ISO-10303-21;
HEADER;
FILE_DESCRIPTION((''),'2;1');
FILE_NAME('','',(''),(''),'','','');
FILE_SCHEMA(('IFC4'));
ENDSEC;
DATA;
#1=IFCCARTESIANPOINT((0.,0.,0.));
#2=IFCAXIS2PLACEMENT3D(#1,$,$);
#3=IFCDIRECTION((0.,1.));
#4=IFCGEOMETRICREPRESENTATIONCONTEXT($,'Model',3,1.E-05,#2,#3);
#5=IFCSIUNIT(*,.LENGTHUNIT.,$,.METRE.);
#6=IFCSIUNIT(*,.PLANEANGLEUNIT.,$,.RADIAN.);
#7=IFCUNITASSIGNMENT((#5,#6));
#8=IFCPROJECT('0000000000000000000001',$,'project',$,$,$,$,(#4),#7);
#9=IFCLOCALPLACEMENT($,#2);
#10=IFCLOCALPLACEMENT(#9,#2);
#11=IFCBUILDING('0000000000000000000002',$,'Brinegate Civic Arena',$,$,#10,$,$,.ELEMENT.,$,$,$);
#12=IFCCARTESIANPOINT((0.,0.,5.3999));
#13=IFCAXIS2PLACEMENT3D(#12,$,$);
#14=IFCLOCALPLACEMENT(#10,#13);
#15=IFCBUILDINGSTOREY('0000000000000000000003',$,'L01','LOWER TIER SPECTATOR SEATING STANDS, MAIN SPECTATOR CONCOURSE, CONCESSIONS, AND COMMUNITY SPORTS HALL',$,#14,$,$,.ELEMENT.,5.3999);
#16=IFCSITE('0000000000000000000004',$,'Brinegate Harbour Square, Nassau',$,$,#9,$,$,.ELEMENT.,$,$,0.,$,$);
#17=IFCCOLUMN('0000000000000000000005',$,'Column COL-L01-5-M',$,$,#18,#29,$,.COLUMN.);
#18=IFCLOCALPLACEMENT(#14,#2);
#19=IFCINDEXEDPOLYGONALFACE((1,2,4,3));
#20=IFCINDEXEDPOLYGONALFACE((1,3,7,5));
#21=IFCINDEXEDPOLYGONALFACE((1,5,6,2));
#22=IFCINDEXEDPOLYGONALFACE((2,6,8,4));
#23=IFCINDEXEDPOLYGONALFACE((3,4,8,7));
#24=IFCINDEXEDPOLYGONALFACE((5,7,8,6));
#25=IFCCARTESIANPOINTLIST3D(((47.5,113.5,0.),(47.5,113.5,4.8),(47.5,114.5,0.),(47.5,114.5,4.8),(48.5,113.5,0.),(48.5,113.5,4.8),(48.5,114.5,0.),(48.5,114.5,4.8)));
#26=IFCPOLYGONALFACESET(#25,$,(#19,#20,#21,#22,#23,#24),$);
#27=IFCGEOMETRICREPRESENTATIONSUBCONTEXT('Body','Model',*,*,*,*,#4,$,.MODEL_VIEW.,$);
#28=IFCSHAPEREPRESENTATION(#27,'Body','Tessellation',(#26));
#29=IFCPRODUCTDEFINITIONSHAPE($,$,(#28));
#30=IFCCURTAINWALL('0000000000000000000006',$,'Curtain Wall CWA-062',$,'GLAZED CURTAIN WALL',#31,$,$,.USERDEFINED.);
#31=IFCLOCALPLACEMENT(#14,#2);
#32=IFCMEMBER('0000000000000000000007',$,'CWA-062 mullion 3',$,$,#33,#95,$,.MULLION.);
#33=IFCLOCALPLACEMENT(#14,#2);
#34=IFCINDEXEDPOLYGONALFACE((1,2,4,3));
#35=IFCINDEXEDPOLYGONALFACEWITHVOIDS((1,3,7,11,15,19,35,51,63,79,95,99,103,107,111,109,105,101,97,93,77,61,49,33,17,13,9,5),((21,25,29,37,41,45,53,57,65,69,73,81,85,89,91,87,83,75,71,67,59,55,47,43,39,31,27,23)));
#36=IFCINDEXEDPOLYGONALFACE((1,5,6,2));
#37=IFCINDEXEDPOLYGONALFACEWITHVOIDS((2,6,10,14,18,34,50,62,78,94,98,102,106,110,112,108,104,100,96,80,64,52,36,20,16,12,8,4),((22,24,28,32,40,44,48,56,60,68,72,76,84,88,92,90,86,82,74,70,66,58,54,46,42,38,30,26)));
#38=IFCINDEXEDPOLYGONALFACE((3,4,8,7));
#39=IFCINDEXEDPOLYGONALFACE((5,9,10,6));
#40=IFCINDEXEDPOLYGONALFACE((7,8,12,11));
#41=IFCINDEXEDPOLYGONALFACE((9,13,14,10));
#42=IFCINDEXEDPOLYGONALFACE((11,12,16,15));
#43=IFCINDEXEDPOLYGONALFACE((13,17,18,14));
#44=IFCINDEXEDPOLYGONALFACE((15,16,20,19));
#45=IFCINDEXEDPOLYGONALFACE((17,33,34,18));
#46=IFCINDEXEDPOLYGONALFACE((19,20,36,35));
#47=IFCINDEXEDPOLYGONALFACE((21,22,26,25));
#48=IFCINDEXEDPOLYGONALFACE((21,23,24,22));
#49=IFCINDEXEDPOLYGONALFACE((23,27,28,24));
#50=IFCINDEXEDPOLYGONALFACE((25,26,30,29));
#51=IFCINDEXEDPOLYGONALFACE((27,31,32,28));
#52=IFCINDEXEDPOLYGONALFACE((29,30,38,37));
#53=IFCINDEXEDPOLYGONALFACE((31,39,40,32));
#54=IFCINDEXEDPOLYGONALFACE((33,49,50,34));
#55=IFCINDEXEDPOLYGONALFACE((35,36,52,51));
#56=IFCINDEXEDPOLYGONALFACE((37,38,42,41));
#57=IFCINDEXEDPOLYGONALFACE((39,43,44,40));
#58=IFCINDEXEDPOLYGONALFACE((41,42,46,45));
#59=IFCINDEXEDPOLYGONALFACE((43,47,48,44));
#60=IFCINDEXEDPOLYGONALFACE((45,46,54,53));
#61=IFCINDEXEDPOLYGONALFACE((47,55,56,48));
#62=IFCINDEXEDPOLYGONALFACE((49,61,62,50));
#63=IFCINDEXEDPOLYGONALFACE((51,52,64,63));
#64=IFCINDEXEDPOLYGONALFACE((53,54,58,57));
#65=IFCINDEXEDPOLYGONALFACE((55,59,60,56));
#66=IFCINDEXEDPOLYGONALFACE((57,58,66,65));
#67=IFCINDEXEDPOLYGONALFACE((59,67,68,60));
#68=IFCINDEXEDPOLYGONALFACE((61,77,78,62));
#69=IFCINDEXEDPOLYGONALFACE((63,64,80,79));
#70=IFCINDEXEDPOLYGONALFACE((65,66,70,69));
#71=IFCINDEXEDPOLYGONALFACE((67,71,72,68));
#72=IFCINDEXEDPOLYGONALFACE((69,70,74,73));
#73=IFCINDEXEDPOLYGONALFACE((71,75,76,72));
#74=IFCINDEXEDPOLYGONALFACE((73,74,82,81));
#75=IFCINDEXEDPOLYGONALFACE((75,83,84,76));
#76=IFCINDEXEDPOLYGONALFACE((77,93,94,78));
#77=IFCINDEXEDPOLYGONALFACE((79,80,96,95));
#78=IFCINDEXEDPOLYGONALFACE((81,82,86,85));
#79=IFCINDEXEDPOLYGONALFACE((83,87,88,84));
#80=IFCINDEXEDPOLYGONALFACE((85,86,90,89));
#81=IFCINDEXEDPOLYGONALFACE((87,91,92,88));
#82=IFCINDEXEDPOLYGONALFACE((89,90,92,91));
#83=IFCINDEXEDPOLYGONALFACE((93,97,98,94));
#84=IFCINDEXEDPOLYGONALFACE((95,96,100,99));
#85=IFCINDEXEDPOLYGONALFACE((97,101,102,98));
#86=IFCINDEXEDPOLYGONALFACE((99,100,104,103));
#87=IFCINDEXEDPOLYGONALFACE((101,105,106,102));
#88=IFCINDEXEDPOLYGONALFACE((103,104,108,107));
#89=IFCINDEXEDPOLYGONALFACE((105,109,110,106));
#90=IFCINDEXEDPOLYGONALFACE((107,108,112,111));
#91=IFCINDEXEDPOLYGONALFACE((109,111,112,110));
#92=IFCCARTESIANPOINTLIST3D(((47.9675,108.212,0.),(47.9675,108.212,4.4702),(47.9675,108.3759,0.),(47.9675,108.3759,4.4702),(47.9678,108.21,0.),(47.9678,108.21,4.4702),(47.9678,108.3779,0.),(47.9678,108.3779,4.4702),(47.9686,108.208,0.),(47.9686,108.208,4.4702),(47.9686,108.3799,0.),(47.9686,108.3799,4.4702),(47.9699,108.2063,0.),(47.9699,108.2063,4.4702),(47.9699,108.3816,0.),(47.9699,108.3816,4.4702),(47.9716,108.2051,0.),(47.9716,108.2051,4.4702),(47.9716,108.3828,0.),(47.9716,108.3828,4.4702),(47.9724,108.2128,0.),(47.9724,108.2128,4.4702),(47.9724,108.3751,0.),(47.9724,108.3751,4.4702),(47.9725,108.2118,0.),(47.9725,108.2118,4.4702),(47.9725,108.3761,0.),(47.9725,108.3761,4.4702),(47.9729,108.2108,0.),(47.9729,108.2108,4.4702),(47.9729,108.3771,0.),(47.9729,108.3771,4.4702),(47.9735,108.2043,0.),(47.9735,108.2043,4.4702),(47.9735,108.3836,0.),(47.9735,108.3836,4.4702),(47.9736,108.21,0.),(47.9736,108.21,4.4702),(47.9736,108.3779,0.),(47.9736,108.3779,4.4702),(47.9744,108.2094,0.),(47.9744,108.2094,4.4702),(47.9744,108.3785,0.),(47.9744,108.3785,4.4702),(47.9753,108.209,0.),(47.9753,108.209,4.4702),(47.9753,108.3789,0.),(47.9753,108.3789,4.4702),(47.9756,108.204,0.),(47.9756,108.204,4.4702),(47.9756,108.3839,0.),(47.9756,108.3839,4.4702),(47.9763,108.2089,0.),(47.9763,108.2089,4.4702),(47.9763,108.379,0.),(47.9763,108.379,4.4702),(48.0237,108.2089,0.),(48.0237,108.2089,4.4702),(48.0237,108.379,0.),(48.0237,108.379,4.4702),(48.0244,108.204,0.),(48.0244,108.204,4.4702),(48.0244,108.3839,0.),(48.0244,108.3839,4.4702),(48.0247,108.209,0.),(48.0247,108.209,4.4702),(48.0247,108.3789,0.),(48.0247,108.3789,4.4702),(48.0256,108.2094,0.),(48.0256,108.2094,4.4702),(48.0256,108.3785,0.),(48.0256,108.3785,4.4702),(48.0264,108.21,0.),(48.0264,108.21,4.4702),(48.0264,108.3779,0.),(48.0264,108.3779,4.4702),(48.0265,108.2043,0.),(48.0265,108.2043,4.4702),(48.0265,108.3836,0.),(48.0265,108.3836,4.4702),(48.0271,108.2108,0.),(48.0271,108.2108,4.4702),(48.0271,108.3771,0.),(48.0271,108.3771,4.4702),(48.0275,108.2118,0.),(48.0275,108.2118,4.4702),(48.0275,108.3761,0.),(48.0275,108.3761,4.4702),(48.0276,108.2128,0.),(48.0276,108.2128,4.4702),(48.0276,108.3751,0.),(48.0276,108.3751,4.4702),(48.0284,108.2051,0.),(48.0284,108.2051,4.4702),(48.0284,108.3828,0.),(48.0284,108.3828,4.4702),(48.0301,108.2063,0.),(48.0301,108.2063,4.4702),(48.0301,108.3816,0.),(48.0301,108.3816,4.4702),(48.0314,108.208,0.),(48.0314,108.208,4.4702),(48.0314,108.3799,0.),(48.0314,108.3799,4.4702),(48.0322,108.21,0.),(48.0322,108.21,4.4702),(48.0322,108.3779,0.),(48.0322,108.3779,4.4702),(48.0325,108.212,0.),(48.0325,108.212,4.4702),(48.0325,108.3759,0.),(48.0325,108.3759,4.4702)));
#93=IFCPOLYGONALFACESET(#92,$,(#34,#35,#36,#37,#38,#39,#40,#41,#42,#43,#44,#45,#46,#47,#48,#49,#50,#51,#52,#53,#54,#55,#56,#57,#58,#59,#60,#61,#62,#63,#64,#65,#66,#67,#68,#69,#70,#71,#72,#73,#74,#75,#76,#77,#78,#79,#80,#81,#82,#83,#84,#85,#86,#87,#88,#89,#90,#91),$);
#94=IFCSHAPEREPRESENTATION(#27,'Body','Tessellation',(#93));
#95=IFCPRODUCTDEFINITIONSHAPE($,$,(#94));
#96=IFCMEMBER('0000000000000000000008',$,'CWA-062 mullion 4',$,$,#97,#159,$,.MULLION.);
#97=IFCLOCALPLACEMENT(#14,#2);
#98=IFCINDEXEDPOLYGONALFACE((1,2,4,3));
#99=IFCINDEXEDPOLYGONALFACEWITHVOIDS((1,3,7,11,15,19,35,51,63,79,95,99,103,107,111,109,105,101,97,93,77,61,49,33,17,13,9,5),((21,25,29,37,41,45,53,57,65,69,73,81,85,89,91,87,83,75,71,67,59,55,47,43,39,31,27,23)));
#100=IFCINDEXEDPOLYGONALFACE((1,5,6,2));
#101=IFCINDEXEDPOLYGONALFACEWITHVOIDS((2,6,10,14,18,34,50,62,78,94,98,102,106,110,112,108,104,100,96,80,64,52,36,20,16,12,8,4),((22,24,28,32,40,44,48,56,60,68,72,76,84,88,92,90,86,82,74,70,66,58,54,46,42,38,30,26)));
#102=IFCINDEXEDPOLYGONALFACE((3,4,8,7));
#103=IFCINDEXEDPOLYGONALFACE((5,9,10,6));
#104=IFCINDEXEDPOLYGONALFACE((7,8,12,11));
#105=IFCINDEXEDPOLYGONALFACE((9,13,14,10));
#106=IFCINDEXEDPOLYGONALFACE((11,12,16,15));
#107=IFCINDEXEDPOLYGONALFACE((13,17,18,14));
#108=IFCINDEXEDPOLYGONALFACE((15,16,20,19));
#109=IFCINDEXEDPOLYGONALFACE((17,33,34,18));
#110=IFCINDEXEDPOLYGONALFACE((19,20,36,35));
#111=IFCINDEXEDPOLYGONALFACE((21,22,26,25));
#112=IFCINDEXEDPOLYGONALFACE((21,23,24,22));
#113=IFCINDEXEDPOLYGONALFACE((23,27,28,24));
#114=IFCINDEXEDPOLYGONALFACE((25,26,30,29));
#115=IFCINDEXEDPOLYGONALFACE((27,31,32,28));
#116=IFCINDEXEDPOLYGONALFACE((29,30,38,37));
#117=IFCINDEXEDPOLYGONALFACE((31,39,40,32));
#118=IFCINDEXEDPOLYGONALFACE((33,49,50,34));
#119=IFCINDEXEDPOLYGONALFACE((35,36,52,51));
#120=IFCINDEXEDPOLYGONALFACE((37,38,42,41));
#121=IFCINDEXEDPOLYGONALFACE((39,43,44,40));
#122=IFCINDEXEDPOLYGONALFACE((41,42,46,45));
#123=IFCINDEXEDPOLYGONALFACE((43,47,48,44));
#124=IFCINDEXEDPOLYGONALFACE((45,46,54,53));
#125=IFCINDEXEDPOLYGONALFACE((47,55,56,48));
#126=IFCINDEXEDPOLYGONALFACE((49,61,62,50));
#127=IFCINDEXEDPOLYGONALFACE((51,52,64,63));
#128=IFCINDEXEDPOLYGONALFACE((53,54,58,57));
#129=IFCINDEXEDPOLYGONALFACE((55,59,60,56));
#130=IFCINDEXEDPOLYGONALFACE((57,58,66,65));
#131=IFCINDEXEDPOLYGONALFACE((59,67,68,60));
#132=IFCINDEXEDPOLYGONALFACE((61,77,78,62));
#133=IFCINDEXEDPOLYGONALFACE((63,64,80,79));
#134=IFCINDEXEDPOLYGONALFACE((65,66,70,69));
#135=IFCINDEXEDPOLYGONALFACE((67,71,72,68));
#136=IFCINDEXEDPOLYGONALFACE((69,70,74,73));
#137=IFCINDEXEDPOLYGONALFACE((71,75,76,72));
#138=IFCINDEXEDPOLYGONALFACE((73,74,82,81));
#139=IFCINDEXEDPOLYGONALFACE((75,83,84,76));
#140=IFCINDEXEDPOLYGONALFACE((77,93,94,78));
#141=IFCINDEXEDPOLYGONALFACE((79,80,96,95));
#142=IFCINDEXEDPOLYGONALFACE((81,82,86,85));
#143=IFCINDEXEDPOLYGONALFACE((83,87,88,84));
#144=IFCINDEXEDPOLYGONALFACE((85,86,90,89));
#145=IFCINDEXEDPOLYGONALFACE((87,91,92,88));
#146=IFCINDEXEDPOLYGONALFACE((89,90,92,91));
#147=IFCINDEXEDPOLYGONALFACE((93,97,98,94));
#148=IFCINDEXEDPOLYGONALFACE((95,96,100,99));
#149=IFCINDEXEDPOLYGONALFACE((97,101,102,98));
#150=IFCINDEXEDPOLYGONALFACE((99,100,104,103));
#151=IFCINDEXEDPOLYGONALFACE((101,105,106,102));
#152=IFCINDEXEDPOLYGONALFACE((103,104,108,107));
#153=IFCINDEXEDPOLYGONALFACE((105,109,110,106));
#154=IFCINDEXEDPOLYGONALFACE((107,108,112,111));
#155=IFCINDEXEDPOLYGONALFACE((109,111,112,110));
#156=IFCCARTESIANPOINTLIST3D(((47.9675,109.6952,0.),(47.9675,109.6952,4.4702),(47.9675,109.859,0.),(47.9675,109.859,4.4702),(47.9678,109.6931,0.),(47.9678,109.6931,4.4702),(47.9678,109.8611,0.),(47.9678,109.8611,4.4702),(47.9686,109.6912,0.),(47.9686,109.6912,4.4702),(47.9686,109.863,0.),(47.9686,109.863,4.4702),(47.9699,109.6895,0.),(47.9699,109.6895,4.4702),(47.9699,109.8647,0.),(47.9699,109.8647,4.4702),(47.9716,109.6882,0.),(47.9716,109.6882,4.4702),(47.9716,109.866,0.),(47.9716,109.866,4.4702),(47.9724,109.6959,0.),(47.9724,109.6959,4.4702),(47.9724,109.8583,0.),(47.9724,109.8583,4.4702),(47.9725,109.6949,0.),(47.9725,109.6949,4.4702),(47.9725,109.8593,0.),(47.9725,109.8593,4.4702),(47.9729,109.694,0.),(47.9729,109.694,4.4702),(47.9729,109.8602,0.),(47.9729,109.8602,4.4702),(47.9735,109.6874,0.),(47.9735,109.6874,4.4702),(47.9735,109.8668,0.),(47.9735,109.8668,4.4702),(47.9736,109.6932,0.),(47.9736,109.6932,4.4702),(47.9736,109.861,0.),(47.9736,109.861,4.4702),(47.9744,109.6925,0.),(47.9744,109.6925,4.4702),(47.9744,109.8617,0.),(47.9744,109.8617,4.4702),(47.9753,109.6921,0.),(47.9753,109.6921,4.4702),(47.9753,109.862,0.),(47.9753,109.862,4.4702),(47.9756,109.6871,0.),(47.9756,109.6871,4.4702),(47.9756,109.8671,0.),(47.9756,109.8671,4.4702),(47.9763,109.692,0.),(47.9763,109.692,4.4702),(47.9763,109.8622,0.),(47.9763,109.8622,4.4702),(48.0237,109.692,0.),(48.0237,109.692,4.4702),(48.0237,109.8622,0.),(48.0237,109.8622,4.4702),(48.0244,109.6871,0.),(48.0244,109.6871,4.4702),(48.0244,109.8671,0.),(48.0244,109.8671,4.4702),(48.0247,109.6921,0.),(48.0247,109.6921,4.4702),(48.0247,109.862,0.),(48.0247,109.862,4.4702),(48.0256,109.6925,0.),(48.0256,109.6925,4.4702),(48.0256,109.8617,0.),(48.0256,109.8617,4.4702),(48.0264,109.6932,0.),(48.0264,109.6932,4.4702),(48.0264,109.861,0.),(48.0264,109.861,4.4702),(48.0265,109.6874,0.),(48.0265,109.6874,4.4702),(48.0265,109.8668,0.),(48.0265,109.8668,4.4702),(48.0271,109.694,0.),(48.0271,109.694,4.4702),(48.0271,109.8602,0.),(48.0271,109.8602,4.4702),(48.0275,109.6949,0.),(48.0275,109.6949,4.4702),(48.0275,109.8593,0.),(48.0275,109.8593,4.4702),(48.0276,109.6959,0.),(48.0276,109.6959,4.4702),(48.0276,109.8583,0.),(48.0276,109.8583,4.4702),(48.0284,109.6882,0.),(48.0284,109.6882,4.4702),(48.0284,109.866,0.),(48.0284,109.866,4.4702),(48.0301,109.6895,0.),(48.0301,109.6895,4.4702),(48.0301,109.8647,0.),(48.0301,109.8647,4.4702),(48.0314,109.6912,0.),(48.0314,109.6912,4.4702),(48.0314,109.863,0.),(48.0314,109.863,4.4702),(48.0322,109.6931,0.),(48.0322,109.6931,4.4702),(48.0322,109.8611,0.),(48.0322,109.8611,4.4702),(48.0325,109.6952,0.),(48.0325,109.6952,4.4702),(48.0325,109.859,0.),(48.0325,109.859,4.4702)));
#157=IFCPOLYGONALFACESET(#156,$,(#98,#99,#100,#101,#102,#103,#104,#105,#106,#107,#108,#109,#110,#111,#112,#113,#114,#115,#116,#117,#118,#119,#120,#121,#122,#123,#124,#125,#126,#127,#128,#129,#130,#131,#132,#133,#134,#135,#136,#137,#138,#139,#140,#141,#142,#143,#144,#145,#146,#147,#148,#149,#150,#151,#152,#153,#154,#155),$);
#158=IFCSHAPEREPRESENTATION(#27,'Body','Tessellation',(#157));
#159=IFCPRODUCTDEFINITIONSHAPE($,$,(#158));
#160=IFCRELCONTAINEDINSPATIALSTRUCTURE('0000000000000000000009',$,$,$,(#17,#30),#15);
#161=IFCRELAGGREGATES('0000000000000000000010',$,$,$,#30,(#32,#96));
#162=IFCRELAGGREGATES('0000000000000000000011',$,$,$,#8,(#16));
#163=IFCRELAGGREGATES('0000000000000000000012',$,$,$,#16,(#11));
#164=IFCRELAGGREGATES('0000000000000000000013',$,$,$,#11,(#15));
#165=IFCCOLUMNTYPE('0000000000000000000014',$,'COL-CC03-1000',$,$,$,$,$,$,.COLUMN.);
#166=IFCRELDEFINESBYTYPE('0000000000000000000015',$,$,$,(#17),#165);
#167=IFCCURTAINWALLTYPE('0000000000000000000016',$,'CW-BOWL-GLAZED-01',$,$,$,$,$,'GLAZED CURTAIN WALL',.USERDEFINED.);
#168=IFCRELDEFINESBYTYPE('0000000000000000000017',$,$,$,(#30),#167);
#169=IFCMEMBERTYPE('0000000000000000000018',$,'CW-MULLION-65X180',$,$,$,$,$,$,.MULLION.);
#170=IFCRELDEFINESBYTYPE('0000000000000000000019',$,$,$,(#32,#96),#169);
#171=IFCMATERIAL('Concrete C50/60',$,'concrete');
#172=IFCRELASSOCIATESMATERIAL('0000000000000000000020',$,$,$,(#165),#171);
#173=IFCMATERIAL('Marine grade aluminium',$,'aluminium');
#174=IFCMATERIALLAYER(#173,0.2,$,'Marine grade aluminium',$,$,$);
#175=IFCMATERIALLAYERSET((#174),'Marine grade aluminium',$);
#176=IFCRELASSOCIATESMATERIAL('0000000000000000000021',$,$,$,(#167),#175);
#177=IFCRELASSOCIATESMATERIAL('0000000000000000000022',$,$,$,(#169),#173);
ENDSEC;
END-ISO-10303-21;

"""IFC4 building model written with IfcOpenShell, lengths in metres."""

from ifc_helpers import new_model, si_unit, direction, frame, origin, origin_2d, place, context, subcontext, project, spatial, rectangle, hollow_rectangle, extrude, material, layer, layer_set, material_profile, profile_set, type_object, element, aggregate, save


model = new_model("IFC4")

# Units and contexts
model_context = context("Model", 3, precision=1e-05, world=origin(), true_north=direction((0.0, 1.0)))
body_context = subcontext(model_context, "Body", "Model", "MODEL_VIEW")
ifc_project = project(units=[si_unit("LENGTHUNIT", "METRE"), si_unit("PLANEANGLEUNIT", "RADIAN")], contexts=[model_context])

# Site, building, storey
site_placement = place(None, origin())
site = spatial("IfcSite", under=ifc_project, at=site_placement, Name="Brinegate Harbour Square, Nassau", CompositionType="ELEMENT", RefElevation=0.0)
building_placement = place(site_placement, origin())
building = spatial("IfcBuilding", under=site, at=building_placement, Name="Brinegate Civic Arena", CompositionType="ELEMENT")
storey_placement = place(building_placement, frame((0.0, 0.0, 5.3999)))
storey = spatial("IfcBuildingStorey", under=building, at=storey_placement, Name="L01", Description="LOWER TIER SPECTATOR SEATING STANDS, MAIN SPECTATOR CONCOURSE, CONCESSIONS, AND COMMUNITY SPORTS HALL", CompositionType="ELEMENT", Elevation=5.3999)

# Column
ifc_material_1 = material(Name="Concrete C50/60", Category="concrete")
ifc_material_profile_1 = material_profile(ifc_material_1, rectangle(XDim=1.0, YDim=1.0, at=origin_2d()), Name="RC1000X1000")
ifc_profile_set_1 = profile_set([ifc_material_profile_1], Name="Concrete C50/60")
column_type = type_object("IfcColumnType", Name="COL-CC03-1000", PredefinedType="COLUMN", material=ifc_profile_set_1)
column_placement = place(storey_placement, frame((48.0, 114.0, 0.0), z_axis=(0.0, 0.0, 1.0), x_axis=(1.0, 0.0, 0.0)))
element("IfcColumn", 1, at=column_placement, inside=storey, type_object=column_type, Name="Column COL-L01-5-M", PredefinedType="COLUMN", context=body_context, shape_type="SweptSolid", body=[
    extrude(rectangle(XDim=1.0, YDim=1.0, at=origin_2d()), origin(), (0.0, 0.0, 1.0), 4.8),
])

# Curtain wall, members
ifc_material_2 = material(Name="Marine grade aluminium", Category="aluminium")
ifc_layer_1 = layer(ifc_material_2, 0.2, Name="Marine grade aluminium")
ifc_layer_set_1 = layer_set([ifc_layer_1], Name="Marine grade aluminium")
curtain_wall_type = type_object("IfcCurtainWallType", Name="CW-BOWL-GLAZED-01", ElementType="GLAZED CURTAIN WALL", PredefinedType="USERDEFINED", material=ifc_layer_set_1)
curtain_wall_placement = place(storey_placement, origin())
curtain_wall = element("IfcCurtainWall", 2, at=curtain_wall_placement, inside=storey, type_object=curtain_wall_type, Name="Curtain Wall CWA-062", ObjectType="GLAZED CURTAIN WALL", PredefinedType="USERDEFINED")
ifc_material_profile_2 = material_profile(ifc_material_2, hollow_rectangle(XDim=0.0649, YDim=0.1799, WallThickness=0.0049, InnerFilletRadius=0.0039, OuterFilletRadius=0.0081, at=origin_2d()), Name="MUL65X180")
ifc_profile_set_2 = profile_set([ifc_material_profile_2], Name="Marine grade aluminium")
member_type_1 = type_object("IfcMemberType", Name="CW-MULLION-65X180", PredefinedType="MULLION", material=ifc_profile_set_2)
member_1_placement = place(storey_placement, frame((48.0, 108.2939, 0.0), z_axis=(0.0, 0.0, 1.0), x_axis=(-1.0, 0.0, 0.0)))
member_1 = element("IfcMember", 3, at=member_1_placement, type_object=member_type_1, Name="CWA-062 mullion 3", PredefinedType="MULLION", context=body_context, shape_type="SweptSolid", body=[
    extrude(hollow_rectangle(XDim=0.0649, YDim=0.1799, WallThickness=0.0049, InnerFilletRadius=0.0039, OuterFilletRadius=0.0081, at=origin_2d()), origin(), (0.0, 0.0, 1.0), 4.4702),
])
member_2_placement = place(storey_placement, frame((48.0, 109.7771, 0.0), z_axis=(0.0, 0.0, 1.0), x_axis=(-1.0, 0.0, 0.0)))
member_2 = element("IfcMember", 4, at=member_2_placement, type_object=member_type_1, Name="CWA-062 mullion 4", PredefinedType="MULLION", context=body_context, shape_type="SweptSolid", body=[
    extrude(hollow_rectangle(XDim=0.0649, YDim=0.1799, WallThickness=0.0049, InnerFilletRadius=0.0039, OuterFilletRadius=0.0081, at=origin_2d()), origin(), (0.0, 0.0, 1.0), 4.4702),
])

aggregate(curtain_wall, [member_1, member_2])

save(model, "model.ifc")
